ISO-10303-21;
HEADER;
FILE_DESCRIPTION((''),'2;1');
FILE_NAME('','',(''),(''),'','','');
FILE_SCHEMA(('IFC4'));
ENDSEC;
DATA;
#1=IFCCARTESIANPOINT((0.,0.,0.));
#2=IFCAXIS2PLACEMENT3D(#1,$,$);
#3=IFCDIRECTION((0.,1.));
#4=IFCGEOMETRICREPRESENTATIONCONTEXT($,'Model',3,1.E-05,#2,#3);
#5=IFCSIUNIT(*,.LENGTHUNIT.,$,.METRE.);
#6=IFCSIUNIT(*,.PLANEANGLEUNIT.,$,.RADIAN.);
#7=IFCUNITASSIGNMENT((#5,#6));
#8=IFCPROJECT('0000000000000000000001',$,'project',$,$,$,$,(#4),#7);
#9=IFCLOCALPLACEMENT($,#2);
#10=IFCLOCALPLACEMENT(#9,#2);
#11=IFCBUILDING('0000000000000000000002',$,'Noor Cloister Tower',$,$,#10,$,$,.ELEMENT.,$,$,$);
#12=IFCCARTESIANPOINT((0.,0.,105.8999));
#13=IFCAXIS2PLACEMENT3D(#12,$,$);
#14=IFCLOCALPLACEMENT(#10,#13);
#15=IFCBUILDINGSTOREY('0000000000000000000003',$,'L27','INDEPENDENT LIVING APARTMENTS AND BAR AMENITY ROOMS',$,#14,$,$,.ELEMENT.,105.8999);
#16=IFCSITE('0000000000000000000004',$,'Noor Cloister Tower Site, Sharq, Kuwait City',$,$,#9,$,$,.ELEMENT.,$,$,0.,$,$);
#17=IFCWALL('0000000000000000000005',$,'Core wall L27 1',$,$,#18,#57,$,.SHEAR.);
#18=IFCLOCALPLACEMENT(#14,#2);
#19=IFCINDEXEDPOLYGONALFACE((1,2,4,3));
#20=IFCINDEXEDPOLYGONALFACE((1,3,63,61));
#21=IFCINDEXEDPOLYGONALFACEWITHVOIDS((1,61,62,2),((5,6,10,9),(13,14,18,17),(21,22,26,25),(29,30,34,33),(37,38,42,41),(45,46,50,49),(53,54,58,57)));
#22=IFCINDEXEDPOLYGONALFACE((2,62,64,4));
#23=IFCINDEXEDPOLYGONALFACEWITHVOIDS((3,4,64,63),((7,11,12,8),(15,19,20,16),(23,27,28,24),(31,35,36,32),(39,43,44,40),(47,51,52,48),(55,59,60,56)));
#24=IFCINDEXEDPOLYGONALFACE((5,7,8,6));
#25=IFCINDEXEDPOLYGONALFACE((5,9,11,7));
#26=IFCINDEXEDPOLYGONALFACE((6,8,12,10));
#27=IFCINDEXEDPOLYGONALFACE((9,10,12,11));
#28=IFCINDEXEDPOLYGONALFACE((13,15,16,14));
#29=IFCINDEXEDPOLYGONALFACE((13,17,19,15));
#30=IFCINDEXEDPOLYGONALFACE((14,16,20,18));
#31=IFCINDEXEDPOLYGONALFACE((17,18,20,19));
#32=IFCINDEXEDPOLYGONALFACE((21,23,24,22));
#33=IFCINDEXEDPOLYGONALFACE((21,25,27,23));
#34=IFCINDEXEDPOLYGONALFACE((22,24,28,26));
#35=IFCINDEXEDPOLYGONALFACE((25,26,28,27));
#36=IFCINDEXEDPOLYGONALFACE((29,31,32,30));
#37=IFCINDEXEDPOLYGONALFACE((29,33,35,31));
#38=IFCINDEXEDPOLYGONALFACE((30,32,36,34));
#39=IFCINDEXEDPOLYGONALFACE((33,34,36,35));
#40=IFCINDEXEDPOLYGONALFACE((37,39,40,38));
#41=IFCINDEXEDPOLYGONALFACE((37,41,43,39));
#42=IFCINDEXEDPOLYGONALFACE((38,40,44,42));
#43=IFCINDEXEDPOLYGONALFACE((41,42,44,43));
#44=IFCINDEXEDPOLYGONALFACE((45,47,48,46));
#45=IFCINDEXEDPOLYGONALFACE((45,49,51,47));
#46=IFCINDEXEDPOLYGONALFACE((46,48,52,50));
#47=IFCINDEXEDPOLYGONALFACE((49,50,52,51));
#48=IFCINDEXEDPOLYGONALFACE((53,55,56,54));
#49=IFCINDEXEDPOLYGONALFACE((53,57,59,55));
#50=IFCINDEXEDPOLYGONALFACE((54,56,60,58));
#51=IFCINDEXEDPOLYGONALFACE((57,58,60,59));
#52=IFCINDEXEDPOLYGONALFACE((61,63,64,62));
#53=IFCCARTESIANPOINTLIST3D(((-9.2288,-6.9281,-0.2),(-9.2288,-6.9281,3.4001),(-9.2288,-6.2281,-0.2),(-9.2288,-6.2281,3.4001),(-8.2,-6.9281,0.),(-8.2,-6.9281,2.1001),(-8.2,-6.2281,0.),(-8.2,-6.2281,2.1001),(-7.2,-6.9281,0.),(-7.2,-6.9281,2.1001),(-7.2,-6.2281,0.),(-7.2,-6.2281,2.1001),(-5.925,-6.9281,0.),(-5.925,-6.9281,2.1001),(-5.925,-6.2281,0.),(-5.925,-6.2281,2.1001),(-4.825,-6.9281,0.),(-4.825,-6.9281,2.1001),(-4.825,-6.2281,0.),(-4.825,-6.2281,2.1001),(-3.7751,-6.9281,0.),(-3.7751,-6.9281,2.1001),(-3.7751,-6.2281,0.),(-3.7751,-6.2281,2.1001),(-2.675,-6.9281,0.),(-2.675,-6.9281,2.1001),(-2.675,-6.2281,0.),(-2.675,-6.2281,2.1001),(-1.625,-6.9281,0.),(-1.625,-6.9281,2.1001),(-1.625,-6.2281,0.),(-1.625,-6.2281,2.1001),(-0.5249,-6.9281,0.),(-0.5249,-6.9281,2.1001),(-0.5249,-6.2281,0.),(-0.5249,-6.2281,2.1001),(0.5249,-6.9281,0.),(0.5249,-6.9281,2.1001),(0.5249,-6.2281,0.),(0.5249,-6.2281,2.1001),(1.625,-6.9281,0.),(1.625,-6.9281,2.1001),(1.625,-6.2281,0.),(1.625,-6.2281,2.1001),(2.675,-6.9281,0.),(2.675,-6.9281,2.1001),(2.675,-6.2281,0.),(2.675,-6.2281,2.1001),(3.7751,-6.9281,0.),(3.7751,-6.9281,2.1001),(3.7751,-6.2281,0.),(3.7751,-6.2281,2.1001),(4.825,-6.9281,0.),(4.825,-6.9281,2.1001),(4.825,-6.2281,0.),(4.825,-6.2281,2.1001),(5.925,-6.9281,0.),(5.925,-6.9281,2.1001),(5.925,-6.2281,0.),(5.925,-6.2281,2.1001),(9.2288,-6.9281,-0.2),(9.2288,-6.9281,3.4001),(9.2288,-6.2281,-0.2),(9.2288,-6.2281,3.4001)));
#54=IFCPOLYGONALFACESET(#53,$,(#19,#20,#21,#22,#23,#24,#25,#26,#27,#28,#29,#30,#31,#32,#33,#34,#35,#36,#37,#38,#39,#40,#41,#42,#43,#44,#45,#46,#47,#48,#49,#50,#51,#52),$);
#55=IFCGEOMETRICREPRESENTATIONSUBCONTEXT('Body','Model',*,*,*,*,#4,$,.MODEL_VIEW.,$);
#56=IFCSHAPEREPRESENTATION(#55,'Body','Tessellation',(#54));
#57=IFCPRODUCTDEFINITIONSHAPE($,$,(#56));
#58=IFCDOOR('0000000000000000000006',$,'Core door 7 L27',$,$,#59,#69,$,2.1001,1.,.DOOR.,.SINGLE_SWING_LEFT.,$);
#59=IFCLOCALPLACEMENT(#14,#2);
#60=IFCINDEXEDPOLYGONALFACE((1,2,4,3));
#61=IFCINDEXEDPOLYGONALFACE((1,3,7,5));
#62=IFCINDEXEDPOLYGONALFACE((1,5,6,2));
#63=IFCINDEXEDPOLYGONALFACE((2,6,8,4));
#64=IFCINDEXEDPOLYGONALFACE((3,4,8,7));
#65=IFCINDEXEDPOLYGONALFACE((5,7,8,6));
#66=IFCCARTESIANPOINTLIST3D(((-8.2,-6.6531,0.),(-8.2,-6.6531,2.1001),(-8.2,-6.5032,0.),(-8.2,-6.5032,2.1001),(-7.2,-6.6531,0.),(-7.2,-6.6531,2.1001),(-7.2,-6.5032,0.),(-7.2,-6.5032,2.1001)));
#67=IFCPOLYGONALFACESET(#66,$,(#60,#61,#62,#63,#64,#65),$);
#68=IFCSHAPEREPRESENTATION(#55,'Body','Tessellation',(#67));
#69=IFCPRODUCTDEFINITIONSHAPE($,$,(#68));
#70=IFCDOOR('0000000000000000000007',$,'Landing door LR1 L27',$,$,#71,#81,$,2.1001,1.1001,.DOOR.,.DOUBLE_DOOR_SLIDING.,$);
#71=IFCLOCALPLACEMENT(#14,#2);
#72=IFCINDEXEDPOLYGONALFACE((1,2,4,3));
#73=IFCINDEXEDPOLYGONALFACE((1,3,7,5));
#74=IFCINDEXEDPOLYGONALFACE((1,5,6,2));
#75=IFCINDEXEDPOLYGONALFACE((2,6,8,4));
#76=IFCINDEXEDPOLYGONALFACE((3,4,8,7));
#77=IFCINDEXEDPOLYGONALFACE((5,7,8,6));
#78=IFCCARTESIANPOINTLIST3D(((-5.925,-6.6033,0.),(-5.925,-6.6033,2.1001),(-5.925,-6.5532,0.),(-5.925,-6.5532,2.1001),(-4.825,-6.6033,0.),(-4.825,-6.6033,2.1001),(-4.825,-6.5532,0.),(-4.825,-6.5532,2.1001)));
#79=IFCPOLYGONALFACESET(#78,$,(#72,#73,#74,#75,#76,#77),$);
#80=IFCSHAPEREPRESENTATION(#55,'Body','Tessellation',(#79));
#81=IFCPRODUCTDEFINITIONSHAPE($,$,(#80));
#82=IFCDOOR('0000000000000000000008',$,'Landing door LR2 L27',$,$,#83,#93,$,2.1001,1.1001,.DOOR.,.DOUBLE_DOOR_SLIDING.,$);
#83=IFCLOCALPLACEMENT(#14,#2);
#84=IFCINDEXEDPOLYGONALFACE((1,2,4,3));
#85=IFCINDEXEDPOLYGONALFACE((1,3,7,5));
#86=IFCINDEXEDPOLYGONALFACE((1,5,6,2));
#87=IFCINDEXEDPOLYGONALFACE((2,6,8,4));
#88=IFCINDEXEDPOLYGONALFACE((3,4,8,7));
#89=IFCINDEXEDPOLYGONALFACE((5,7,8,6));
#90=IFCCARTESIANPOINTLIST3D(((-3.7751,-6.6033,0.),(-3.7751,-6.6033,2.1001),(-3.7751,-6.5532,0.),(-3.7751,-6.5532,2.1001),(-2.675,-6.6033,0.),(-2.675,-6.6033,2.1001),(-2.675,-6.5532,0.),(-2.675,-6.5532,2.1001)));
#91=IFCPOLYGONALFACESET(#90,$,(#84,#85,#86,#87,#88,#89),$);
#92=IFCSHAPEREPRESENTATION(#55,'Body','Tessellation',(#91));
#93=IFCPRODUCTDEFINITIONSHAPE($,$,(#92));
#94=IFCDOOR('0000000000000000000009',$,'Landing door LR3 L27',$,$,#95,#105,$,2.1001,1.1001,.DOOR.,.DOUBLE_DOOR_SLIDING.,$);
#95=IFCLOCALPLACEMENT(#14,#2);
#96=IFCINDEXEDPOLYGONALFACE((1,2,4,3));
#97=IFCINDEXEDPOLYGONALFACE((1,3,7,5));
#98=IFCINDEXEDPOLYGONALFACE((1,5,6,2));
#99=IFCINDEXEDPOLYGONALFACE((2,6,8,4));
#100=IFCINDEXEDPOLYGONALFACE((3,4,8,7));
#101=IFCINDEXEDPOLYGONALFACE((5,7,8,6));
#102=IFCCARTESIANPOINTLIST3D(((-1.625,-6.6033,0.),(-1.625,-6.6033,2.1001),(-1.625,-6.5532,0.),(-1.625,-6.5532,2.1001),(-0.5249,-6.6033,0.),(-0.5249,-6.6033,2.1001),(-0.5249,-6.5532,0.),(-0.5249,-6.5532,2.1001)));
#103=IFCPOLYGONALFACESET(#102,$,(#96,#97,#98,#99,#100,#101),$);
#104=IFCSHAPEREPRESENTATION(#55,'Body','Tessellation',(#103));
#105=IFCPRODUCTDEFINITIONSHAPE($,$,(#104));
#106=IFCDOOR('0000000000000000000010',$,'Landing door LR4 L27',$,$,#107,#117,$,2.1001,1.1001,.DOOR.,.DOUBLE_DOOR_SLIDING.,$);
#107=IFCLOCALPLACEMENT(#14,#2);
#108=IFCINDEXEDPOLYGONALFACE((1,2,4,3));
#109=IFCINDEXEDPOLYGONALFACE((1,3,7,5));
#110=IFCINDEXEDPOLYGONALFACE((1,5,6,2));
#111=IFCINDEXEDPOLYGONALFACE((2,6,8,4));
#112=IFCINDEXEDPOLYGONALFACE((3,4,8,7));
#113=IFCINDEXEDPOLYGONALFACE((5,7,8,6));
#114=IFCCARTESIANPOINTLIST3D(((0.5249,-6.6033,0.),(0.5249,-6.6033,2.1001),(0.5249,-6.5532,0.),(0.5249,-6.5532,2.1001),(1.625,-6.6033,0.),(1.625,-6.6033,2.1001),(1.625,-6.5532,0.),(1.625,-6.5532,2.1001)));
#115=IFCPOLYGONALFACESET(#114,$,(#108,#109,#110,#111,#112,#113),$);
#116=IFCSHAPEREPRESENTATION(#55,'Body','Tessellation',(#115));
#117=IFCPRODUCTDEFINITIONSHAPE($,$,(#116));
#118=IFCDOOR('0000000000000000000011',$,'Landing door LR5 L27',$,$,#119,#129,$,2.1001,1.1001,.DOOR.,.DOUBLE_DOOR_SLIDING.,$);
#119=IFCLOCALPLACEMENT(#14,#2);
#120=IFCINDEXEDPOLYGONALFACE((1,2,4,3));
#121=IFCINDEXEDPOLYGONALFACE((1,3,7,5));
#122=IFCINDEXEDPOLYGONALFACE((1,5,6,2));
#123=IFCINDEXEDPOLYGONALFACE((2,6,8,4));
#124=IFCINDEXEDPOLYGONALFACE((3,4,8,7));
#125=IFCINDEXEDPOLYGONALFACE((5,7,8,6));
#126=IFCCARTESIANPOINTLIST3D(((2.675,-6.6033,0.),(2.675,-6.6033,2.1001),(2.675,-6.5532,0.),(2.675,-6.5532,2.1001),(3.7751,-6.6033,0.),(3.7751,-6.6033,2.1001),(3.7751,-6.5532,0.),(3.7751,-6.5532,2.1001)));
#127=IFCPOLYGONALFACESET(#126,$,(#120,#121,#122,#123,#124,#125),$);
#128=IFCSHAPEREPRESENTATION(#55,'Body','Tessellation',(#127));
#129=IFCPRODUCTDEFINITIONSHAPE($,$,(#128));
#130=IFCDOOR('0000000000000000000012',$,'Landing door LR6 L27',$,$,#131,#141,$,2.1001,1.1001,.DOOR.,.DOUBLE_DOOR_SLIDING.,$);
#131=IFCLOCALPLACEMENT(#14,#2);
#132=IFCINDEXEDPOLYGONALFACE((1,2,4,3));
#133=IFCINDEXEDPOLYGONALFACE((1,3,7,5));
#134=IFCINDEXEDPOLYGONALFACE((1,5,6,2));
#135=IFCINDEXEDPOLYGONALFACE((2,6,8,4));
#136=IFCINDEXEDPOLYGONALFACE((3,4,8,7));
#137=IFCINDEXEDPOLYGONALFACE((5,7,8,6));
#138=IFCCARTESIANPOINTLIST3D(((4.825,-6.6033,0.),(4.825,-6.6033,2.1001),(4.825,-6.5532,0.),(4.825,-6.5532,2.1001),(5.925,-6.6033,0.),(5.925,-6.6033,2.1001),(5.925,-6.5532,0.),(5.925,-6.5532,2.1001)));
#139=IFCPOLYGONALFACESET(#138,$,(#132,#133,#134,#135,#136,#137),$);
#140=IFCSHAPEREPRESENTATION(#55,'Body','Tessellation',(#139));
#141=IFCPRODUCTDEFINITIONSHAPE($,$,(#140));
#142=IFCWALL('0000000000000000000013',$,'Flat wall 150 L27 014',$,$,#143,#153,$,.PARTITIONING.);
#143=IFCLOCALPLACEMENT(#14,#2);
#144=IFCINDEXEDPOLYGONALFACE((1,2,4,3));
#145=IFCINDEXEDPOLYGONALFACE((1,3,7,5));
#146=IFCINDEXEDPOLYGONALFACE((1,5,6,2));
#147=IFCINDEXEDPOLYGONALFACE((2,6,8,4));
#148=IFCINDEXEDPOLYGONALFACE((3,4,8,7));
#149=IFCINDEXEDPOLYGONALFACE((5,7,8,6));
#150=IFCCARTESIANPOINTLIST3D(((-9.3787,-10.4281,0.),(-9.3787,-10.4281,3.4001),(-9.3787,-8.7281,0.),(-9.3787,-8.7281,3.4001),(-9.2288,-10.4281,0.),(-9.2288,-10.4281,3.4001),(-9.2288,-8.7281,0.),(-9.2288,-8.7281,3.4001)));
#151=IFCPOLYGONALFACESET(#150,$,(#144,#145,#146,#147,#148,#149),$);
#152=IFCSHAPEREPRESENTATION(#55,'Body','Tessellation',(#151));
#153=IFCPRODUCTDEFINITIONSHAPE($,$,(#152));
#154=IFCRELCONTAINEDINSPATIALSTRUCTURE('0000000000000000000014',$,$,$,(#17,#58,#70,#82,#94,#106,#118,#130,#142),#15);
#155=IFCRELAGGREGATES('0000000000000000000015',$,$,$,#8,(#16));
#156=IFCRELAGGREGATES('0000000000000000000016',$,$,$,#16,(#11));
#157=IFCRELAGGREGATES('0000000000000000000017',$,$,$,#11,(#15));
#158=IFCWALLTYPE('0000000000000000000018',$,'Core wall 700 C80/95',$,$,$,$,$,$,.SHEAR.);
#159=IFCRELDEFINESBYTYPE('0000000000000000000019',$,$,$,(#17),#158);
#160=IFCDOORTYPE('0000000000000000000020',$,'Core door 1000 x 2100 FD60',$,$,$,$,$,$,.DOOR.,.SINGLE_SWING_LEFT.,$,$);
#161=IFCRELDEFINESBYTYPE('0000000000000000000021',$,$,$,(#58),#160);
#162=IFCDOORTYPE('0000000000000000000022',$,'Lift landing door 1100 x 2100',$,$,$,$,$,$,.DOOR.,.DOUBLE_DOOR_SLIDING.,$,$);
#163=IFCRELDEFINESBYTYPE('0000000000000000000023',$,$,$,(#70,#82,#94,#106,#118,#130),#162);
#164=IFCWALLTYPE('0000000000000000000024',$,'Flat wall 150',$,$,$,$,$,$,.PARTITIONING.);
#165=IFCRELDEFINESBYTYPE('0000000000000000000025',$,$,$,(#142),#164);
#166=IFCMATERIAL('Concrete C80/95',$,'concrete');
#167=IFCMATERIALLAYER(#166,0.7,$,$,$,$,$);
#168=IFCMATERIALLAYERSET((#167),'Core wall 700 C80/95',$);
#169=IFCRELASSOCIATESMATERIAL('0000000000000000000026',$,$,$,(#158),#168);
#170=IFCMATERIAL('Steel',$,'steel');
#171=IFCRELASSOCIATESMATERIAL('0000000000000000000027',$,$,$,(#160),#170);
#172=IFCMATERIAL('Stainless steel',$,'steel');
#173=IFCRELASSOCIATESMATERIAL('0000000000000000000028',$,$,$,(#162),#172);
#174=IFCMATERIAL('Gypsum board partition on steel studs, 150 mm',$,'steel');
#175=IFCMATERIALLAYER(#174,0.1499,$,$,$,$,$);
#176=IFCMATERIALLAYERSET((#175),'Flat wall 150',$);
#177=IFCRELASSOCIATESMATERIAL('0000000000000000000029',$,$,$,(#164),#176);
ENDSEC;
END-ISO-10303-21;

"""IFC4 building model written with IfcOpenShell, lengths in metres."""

from ifc_helpers import new_model, si_unit, direction, frame, frame_2d, origin, place, context, subcontext, project, spatial, rectangle, extrude, material, layer, layer_set, type_object, element, fill, save


model = new_model("IFC4")

# Units and contexts
model_context = context("Model", 3, precision=1e-05, world=origin(), true_north=direction((0.0, 1.0)))
body_context = subcontext(model_context, "Body", "Model", "MODEL_VIEW")
ifc_project = project(units=[si_unit("LENGTHUNIT", "METRE"), si_unit("PLANEANGLEUNIT", "RADIAN")], contexts=[model_context])

# Site, building, storey
site_placement = place(None, origin())
site = spatial("IfcSite", under=ifc_project, at=site_placement, Name="Noor Cloister Tower Site, Sharq, Kuwait City", CompositionType="ELEMENT", RefElevation=0.0)
building_placement = place(site_placement, origin())
building = spatial("IfcBuilding", under=site, at=building_placement, Name="Noor Cloister Tower", CompositionType="ELEMENT")
storey_placement = place(building_placement, frame((0.0, 0.0, 105.8999)))
storey = spatial("IfcBuildingStorey", under=building, at=storey_placement, Name="L27", Description="INDEPENDENT LIVING APARTMENTS AND BAR AMENITY ROOMS", CompositionType="ELEMENT", Elevation=105.8999)

# Wall, openings, doors
ifc_material_1 = material(Name="Concrete C80/95", Category="concrete")
ifc_layer_1 = layer(ifc_material_1, 0.7)
ifc_layer_set_1 = layer_set([ifc_layer_1], Name="Core wall 700 C80/95")
wall_type_1 = type_object("IfcWallType", Name="Core wall 700 C80/95", PredefinedType="SHEAR", material=ifc_layer_set_1)
wall_1_placement = place(storey_placement, frame((-9.2288, -6.5781, -0.2), z_axis=(0.0, 0.0, 1.0), x_axis=(1.0, 0.0, 0.0)))
wall_1 = element("IfcWall", 1, at=wall_1_placement, inside=storey, type_object=wall_type_1, Name="Core wall L27 1", PredefinedType="SHEAR", context=body_context, shape_type="SweptSolid", body=[
    extrude(rectangle(XDim=18.4575, YDim=0.7, at=frame_2d((9.2288, 0.0))), origin(), (0.0, 0.0, 1.0), 3.6001),
])
opening_1_placement = place(wall_1_placement, frame((3.3037, 0.0, 0.2)))
opening_1 = element("IfcOpeningElement", 2, at=opening_1_placement, cuts=wall_1, PredefinedType="OPENING", context=body_context, shape_type="SweptSolid", body=[
    extrude(rectangle(XDim=1.1001, YDim=2.1001, at=frame_2d((0.55, 1.05))), frame((0.0, 0.3599, 0.0), z_axis=(0.0, -1.0, 0.0), x_axis=(1.0, 0.0, 0.0)), (0.0, 0.0, 1.0), 0.72),
])
opening_2_placement = place(wall_1_placement, frame((5.4536, 0.0, 0.2)))
opening_2 = element("IfcOpeningElement", 3, at=opening_2_placement, cuts=wall_1, PredefinedType="OPENING", context=body_context, shape_type="SweptSolid", body=[
    extrude(rectangle(XDim=1.1001, YDim=2.1001, at=frame_2d((0.55, 1.05))), frame((0.0, 0.3599, 0.0), z_axis=(0.0, -1.0, 0.0), x_axis=(1.0, 0.0, 0.0)), (0.0, 0.0, 1.0), 0.72),
])
opening_3_placement = place(wall_1_placement, frame((7.6038, 0.0, 0.2)))
opening_3 = element("IfcOpeningElement", 4, at=opening_3_placement, cuts=wall_1, PredefinedType="OPENING", context=body_context, shape_type="SweptSolid", body=[
    extrude(rectangle(XDim=1.1001, YDim=2.1001, at=frame_2d((0.55, 1.05))), frame((0.0, 0.3599, 0.0), z_axis=(0.0, -1.0, 0.0), x_axis=(1.0, 0.0, 0.0)), (0.0, 0.0, 1.0), 0.72),
])
opening_4_placement = place(wall_1_placement, frame((9.7537, 0.0, 0.2)))
opening_4 = element("IfcOpeningElement", 5, at=opening_4_placement, cuts=wall_1, PredefinedType="OPENING", context=body_context, shape_type="SweptSolid", body=[
    extrude(rectangle(XDim=1.1001, YDim=2.1001, at=frame_2d((0.55, 1.05))), frame((0.0, 0.3599, 0.0), z_axis=(0.0, -1.0, 0.0), x_axis=(1.0, 0.0, 0.0)), (0.0, 0.0, 1.0), 0.72),
])
opening_5_placement = place(wall_1_placement, frame((11.9038, 0.0, 0.2)))
opening_5 = element("IfcOpeningElement", 6, at=opening_5_placement, cuts=wall_1, PredefinedType="OPENING", context=body_context, shape_type="SweptSolid", body=[
    extrude(rectangle(XDim=1.1001, YDim=2.1001, at=frame_2d((0.55, 1.05))), frame((0.0, 0.3599, 0.0), z_axis=(0.0, -1.0, 0.0), x_axis=(1.0, 0.0, 0.0)), (0.0, 0.0, 1.0), 0.72),
])
opening_6_placement = place(wall_1_placement, frame((14.0537, 0.0, 0.2)))
opening_6 = element("IfcOpeningElement", 7, at=opening_6_placement, cuts=wall_1, PredefinedType="OPENING", context=body_context, shape_type="SweptSolid", body=[
    extrude(rectangle(XDim=1.1001, YDim=2.1001, at=frame_2d((0.55, 1.05))), frame((0.0, 0.3599, 0.0), z_axis=(0.0, -1.0, 0.0), x_axis=(1.0, 0.0, 0.0)), (0.0, 0.0, 1.0), 0.72),
])
opening_7_placement = place(wall_1_placement, frame((1.0288, 0.0, 0.2)))
opening_7 = element("IfcOpeningElement", 8, at=opening_7_placement, cuts=wall_1, PredefinedType="OPENING", context=body_context, shape_type="SweptSolid", body=[
    extrude(rectangle(XDim=1.0, YDim=2.1001, at=frame_2d((0.5, 1.05))), frame((0.0, 0.3599, 0.0), z_axis=(0.0, -1.0, 0.0), x_axis=(1.0, 0.0, 0.0)), (0.0, 0.0, 1.0), 0.72),
])
ifc_material_2 = material(Name="Steel", Category="steel")
door_type_1 = type_object("IfcDoorType", Name="Core door 1000 x 2100 FD60", OperationType="SINGLE_SWING_LEFT", PredefinedType="DOOR", material=ifc_material_2)
door_1_placement = place(opening_7_placement, origin())
door_1 = element("IfcDoor", 9, at=door_1_placement, inside=storey, type_object=door_type_1, Name="Core door 7 L27", OperationType="SINGLE_SWING_LEFT", OverallHeight=2.1001, OverallWidth=1.0, PredefinedType="DOOR", context=body_context, shape_type="SweptSolid", body=[
    extrude(rectangle(XDim=1.0, YDim=2.1001, at=frame_2d((0.5, 1.05))), frame((0.0, 0.075, 0.0), z_axis=(0.0, -1.0, 0.0), x_axis=(1.0, 0.0, 0.0)), (0.0, 0.0, 1.0), 0.1499),
])
fill(opening_7, door_1)
ifc_material_3 = material(Name="Stainless steel", Category="steel")
door_type_2 = type_object("IfcDoorType", Name="Lift landing door 1100 x 2100", OperationType="DOUBLE_DOOR_SLIDING", PredefinedType="DOOR", material=ifc_material_3)
door_2_placement = place(opening_1_placement, origin())
door_2 = element("IfcDoor", 10, at=door_2_placement, inside=storey, type_object=door_type_2, Name="Landing door LR1 L27", OperationType="DOUBLE_DOOR_SLIDING", OverallHeight=2.1001, OverallWidth=1.1001, PredefinedType="DOOR", context=body_context, shape_type="SweptSolid", body=[
    extrude(rectangle(XDim=1.1001, YDim=2.1001, at=frame_2d((0.55, 1.05))), frame((0.0, 0.0249, 0.0), z_axis=(0.0, -1.0, 0.0), x_axis=(1.0, 0.0, 0.0)), (0.0, 0.0, 1.0), 0.05),
])
fill(opening_1, door_2)
door_3_placement = place(opening_2_placement, origin())
door_3 = element("IfcDoor", 11, at=door_3_placement, inside=storey, type_object=door_type_2, Name="Landing door LR2 L27", OperationType="DOUBLE_DOOR_SLIDING", OverallHeight=2.1001, OverallWidth=1.1001, PredefinedType="DOOR", context=body_context, shape_type="SweptSolid", body=[
    extrude(rectangle(XDim=1.1001, YDim=2.1001, at=frame_2d((0.55, 1.05))), frame((0.0, 0.0249, 0.0), z_axis=(0.0, -1.0, 0.0), x_axis=(1.0, 0.0, 0.0)), (0.0, 0.0, 1.0), 0.05),
])
fill(opening_2, door_3)
door_4_placement = place(opening_3_placement, origin())
door_4 = element("IfcDoor", 12, at=door_4_placement, inside=storey, type_object=door_type_2, Name="Landing door LR3 L27", OperationType="DOUBLE_DOOR_SLIDING", OverallHeight=2.1001, OverallWidth=1.1001, PredefinedType="DOOR", context=body_context, shape_type="SweptSolid", body=[
    extrude(rectangle(XDim=1.1001, YDim=2.1001, at=frame_2d((0.55, 1.05))), frame((0.0, 0.0249, 0.0), z_axis=(0.0, -1.0, 0.0), x_axis=(1.0, 0.0, 0.0)), (0.0, 0.0, 1.0), 0.05),
])
fill(opening_3, door_4)
door_5_placement = place(opening_4_placement, origin())
door_5 = element("IfcDoor", 13, at=door_5_placement, inside=storey, type_object=door_type_2, Name="Landing door LR4 L27", OperationType="DOUBLE_DOOR_SLIDING", OverallHeight=2.1001, OverallWidth=1.1001, PredefinedType="DOOR", context=body_context, shape_type="SweptSolid", body=[
    extrude(rectangle(XDim=1.1001, YDim=2.1001, at=frame_2d((0.55, 1.05))), frame((0.0, 0.0249, 0.0), z_axis=(0.0, -1.0, 0.0), x_axis=(1.0, 0.0, 0.0)), (0.0, 0.0, 1.0), 0.05),
])
fill(opening_4, door_5)
door_6_placement = place(opening_5_placement, origin())
door_6 = element("IfcDoor", 14, at=door_6_placement, inside=storey, type_object=door_type_2, Name="Landing door LR5 L27", OperationType="DOUBLE_DOOR_SLIDING", OverallHeight=2.1001, OverallWidth=1.1001, PredefinedType="DOOR", context=body_context, shape_type="SweptSolid", body=[
    extrude(rectangle(XDim=1.1001, YDim=2.1001, at=frame_2d((0.55, 1.05))), frame((0.0, 0.0249, 0.0), z_axis=(0.0, -1.0, 0.0), x_axis=(1.0, 0.0, 0.0)), (0.0, 0.0, 1.0), 0.05),
])
fill(opening_5, door_6)
door_7_placement = place(opening_6_placement, origin())
door_7 = element("IfcDoor", 15, at=door_7_placement, inside=storey, type_object=door_type_2, Name="Landing door LR6 L27", OperationType="DOUBLE_DOOR_SLIDING", OverallHeight=2.1001, OverallWidth=1.1001, PredefinedType="DOOR", context=body_context, shape_type="SweptSolid", body=[
    extrude(rectangle(XDim=1.1001, YDim=2.1001, at=frame_2d((0.55, 1.05))), frame((0.0, 0.0249, 0.0), z_axis=(0.0, -1.0, 0.0), x_axis=(1.0, 0.0, 0.0)), (0.0, 0.0, 1.0), 0.05),
])
fill(opening_6, door_7)

# Wall
ifc_material_4 = material(Name="Gypsum board partition on steel studs, 150 mm", Category="steel")
ifc_layer_2 = layer(ifc_material_4, 0.1499)
ifc_layer_set_2 = layer_set([ifc_layer_2], Name="Flat wall 150")
wall_type_2 = type_object("IfcWallType", Name="Flat wall 150", PredefinedType="PARTITIONING", material=ifc_layer_set_2)
wall_2_placement = place(storey_placement, frame((-9.3037, -10.4282, 0.0), z_axis=(0.0, 0.0, 1.0), x_axis=(0.0, 1.0, 0.0)))
element("IfcWall", 16, at=wall_2_placement, inside=storey, type_object=wall_type_2, Name="Flat wall 150 L27 014", PredefinedType="PARTITIONING", context=body_context, shape_type="SweptSolid", body=[
    extrude(rectangle(XDim=1.7, YDim=0.1499, at=frame_2d((0.8501, 0.0))), origin(), (0.0, 0.0, 1.0), 3.4001),
])

save(model, "model.ifc")
